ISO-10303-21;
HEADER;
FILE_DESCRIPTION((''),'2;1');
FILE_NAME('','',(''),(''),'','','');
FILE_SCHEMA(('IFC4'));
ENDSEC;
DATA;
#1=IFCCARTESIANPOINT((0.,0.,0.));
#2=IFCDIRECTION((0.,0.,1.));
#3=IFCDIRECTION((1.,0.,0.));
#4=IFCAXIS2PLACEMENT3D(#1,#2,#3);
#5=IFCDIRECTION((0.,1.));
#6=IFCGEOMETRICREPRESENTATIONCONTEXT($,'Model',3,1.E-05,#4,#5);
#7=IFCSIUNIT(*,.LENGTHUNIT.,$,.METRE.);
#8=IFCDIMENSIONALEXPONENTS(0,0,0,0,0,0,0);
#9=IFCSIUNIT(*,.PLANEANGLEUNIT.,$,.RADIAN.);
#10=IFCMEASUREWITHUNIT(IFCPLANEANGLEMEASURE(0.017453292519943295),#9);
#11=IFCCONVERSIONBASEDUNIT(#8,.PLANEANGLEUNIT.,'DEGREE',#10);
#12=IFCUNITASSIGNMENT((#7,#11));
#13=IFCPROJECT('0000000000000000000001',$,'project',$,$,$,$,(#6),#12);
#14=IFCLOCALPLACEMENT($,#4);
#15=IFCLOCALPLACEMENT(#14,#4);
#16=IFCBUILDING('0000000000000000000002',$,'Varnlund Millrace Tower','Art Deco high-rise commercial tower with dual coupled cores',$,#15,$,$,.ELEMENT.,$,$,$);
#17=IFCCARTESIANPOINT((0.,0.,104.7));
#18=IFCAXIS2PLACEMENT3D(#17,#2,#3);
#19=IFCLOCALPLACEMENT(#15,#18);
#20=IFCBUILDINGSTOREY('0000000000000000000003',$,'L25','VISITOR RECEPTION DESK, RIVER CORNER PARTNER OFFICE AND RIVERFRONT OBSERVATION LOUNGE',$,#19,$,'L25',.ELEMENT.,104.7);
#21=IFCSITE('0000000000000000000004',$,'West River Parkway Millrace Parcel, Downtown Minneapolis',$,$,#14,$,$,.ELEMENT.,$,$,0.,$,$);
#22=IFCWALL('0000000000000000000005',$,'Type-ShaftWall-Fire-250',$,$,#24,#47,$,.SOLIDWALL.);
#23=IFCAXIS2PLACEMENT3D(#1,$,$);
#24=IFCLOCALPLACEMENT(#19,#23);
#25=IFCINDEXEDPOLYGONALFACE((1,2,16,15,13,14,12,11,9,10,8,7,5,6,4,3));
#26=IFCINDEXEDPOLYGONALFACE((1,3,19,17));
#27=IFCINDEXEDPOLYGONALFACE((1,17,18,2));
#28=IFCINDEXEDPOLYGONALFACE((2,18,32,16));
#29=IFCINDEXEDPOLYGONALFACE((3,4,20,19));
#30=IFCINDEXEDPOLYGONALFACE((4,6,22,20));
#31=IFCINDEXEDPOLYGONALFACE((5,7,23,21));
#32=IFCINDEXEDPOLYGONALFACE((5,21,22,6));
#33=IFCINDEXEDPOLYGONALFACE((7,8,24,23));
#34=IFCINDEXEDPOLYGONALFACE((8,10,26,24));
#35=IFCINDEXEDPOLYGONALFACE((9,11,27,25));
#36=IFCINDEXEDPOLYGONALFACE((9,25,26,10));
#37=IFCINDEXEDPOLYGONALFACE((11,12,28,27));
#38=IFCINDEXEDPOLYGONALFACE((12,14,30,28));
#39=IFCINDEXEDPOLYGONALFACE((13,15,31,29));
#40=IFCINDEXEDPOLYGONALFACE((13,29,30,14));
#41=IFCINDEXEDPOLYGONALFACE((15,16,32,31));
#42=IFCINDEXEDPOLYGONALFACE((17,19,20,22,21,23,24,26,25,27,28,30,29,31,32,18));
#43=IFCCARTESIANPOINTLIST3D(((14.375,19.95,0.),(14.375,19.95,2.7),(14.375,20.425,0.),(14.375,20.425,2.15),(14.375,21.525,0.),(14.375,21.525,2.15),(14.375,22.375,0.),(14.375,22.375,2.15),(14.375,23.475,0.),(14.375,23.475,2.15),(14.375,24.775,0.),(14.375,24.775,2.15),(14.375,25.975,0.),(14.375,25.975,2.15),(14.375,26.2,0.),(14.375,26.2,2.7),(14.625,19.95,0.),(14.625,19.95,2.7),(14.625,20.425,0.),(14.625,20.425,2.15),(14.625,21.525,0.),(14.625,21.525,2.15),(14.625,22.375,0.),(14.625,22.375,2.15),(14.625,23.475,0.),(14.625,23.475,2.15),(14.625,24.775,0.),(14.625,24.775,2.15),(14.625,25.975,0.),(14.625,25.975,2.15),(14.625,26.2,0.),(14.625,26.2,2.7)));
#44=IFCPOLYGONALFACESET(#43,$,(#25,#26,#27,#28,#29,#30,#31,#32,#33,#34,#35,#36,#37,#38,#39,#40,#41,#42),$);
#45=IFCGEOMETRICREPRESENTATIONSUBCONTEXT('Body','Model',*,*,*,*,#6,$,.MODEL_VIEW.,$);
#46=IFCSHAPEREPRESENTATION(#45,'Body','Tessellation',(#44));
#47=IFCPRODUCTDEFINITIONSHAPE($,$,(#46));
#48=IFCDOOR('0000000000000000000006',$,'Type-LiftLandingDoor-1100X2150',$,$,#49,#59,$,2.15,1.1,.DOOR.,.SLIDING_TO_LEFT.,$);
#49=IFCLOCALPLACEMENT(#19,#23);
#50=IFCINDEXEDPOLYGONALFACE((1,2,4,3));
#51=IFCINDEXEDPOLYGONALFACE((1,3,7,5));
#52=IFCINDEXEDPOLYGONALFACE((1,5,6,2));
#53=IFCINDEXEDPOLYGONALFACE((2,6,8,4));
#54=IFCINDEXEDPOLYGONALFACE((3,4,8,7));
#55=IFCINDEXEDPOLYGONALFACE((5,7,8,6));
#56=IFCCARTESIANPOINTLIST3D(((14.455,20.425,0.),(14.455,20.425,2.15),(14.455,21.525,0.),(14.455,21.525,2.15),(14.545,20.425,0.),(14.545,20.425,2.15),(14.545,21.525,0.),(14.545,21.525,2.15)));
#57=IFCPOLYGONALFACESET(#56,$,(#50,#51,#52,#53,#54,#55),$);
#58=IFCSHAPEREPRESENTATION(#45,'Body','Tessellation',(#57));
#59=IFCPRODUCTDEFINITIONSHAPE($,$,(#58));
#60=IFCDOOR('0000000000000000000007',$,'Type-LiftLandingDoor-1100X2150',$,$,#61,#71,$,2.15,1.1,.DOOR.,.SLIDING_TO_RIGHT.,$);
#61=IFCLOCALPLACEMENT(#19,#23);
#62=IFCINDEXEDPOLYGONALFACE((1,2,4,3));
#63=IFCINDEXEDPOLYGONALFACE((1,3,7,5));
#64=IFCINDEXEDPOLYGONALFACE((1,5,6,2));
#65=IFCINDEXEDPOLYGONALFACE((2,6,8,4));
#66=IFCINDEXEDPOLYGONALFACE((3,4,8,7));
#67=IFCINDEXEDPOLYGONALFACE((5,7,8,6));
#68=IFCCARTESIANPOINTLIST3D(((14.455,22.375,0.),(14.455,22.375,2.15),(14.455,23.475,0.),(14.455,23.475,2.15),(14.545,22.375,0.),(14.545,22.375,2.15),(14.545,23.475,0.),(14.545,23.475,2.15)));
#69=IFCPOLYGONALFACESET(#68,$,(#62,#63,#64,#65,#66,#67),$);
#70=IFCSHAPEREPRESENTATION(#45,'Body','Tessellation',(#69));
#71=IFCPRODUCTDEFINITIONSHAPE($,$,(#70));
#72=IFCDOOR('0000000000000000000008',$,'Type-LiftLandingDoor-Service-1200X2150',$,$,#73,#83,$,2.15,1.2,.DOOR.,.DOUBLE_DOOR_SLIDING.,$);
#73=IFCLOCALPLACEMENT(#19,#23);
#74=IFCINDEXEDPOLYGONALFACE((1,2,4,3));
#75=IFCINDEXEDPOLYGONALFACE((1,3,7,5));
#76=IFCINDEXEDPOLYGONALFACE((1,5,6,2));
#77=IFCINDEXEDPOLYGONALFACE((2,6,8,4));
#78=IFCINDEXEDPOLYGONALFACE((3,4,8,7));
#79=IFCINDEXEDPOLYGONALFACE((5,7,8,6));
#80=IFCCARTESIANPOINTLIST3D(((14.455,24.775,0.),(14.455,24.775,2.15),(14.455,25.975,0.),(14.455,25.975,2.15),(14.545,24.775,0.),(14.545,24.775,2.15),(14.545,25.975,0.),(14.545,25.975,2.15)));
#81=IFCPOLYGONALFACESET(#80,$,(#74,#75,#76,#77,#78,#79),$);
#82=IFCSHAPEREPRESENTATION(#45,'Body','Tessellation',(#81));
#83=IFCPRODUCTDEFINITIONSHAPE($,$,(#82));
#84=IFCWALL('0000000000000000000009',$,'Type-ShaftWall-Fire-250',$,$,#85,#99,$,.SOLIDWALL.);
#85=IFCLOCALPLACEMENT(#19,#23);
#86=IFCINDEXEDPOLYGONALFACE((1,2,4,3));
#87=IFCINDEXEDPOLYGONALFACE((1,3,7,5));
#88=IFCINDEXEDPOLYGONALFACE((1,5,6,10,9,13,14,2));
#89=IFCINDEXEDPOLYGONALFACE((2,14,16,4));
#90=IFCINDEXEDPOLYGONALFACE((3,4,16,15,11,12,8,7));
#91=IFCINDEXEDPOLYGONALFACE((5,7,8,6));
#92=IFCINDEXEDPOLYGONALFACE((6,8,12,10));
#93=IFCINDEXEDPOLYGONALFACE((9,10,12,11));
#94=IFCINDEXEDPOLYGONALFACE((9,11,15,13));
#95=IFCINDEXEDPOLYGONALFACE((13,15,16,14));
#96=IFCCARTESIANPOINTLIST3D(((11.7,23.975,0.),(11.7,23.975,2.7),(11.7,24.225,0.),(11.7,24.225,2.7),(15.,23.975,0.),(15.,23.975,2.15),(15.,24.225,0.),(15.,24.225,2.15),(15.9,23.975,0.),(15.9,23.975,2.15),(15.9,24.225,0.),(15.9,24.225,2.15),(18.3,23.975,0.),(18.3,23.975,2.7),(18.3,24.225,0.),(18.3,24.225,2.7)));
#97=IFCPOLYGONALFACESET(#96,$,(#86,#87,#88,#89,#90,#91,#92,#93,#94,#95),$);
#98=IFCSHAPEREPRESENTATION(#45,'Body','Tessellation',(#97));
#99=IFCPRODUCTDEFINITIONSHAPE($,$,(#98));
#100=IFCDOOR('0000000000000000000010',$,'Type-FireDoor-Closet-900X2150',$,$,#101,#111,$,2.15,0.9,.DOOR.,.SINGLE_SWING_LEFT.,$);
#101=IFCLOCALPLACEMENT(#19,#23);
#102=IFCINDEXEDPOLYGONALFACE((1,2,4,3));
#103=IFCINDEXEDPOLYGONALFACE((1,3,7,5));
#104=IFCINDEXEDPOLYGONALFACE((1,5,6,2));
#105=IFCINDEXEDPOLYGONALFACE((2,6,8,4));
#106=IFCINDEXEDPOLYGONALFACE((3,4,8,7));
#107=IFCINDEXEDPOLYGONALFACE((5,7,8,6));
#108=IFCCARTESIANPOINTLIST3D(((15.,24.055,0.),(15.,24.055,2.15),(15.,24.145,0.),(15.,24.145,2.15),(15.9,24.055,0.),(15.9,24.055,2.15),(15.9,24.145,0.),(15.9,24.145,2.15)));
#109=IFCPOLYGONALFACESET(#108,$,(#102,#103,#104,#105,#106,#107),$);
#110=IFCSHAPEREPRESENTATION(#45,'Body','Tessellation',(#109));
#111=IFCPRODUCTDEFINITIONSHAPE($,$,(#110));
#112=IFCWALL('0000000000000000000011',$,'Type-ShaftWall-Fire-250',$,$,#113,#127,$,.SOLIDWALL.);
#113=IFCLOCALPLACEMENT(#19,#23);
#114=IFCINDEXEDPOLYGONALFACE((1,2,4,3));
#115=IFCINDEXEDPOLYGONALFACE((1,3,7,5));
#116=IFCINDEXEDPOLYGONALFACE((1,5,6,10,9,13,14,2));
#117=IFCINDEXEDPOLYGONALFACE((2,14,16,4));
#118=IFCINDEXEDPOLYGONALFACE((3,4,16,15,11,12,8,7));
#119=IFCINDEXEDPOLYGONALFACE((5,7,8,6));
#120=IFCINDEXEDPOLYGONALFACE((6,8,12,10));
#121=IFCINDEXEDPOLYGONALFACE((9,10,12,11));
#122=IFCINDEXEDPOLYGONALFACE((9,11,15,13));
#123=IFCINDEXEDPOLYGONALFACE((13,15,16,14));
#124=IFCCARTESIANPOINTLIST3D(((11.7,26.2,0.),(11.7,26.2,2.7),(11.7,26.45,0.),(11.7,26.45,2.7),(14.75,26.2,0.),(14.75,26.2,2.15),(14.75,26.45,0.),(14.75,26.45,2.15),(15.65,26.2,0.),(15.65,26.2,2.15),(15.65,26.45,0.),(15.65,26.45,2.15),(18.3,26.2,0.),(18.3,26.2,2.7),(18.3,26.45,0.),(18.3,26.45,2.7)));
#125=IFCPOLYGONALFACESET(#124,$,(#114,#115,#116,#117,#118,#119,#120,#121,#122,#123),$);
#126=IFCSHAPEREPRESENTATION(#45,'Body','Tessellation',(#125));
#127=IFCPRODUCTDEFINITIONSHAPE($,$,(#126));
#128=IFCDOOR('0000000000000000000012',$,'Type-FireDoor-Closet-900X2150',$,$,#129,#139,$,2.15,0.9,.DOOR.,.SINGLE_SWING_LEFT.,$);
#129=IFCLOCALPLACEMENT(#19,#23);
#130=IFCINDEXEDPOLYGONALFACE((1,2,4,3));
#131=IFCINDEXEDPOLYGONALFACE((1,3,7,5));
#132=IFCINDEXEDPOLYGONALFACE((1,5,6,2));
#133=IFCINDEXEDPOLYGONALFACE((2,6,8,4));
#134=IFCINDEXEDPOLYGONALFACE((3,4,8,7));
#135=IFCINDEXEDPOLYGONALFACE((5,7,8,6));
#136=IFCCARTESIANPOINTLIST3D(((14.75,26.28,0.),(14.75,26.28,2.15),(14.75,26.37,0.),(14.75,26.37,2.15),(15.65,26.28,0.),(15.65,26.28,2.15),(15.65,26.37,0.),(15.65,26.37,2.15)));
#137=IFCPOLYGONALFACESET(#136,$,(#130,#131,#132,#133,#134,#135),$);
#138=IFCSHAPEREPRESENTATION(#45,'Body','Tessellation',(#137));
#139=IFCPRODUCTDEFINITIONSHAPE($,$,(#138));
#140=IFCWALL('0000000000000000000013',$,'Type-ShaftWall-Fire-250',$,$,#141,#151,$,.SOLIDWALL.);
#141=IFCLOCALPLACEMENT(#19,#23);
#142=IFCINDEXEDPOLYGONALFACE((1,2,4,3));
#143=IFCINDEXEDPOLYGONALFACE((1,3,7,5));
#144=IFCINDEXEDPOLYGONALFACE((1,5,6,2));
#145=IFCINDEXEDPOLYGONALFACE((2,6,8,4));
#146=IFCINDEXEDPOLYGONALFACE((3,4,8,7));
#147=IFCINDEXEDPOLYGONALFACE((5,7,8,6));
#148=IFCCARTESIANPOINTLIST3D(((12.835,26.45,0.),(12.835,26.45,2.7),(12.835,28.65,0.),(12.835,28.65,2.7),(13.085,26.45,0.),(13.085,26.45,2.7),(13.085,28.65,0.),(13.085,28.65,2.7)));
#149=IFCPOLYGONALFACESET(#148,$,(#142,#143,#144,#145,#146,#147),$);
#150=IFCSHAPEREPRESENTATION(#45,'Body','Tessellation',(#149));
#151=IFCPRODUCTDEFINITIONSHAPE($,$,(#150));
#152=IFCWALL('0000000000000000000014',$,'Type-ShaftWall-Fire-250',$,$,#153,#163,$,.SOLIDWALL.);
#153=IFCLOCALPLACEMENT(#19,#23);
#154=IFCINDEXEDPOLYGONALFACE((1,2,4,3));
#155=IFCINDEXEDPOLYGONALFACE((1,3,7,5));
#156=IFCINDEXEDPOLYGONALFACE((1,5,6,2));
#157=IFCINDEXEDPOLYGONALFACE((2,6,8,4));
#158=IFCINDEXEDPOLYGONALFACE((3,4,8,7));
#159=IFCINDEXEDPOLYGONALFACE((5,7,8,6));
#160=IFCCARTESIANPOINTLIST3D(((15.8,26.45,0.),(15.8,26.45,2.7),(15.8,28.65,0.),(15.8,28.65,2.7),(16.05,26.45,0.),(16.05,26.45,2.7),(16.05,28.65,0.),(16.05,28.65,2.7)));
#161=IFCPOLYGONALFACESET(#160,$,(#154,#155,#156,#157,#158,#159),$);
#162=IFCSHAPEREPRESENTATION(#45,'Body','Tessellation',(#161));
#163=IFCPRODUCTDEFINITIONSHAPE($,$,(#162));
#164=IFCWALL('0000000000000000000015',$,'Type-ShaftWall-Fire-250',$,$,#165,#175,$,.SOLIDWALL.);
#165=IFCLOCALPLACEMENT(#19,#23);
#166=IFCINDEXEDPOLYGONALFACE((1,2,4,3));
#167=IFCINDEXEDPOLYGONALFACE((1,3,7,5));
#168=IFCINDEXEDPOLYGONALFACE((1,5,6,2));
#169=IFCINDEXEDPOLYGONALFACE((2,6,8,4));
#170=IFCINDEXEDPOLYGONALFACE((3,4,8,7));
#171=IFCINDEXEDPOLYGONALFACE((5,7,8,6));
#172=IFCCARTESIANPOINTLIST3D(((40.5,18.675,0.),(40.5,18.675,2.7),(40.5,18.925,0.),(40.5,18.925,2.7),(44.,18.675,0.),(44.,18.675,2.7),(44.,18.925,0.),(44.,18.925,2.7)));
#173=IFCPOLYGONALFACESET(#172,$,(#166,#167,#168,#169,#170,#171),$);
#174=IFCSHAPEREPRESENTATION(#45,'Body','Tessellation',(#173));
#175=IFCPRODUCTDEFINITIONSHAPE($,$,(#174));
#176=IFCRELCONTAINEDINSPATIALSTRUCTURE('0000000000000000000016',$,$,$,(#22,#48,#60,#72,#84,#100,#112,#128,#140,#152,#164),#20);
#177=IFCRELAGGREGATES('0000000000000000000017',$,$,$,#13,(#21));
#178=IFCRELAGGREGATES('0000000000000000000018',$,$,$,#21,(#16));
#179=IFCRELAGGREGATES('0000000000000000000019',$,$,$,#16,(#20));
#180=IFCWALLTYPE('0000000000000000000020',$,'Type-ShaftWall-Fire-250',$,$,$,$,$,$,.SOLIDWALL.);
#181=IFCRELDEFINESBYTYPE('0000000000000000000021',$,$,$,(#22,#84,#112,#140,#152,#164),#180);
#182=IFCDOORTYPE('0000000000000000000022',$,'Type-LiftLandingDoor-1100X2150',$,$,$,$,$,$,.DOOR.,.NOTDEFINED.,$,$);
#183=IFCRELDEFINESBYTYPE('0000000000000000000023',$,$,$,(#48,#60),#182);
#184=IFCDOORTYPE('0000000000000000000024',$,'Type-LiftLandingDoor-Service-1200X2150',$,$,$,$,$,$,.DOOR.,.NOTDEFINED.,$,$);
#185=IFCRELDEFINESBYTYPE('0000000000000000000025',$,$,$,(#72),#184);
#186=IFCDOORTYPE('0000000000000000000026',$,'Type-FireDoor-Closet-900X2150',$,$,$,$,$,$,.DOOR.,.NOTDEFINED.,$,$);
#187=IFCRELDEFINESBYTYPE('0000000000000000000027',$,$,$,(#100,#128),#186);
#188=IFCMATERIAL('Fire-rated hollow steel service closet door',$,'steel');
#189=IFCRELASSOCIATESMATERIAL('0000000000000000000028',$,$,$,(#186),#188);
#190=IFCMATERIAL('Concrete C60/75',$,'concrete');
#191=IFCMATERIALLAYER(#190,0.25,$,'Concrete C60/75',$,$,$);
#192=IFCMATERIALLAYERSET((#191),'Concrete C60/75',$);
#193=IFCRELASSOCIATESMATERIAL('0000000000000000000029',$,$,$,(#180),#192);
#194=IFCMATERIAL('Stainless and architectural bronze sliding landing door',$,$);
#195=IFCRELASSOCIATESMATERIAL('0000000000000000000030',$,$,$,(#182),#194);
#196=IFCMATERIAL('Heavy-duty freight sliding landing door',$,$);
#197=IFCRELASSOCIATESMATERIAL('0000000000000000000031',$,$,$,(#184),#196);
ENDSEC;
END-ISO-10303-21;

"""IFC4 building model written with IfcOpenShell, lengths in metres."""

from ifc_helpers import new_model, entity, si_unit, converted_unit, direction, frame, origin_with_axes, origin_2d_with_axis, place, context, subcontext, project, spatial, polyline, rectangle, outline, extrude, material, layer, layer_set, type_object, element, fill, save


model = new_model("IFC4")

# Units and contexts
model_context = context("Model", 3, precision=1e-05, world=origin_with_axes(), true_north=direction((0.0, 1.0)))
body_context = subcontext(model_context, "Body", "Model", "MODEL_VIEW")
ifc_project = project(units=[si_unit("LENGTHUNIT", "METRE"), converted_unit("PLANEANGLEUNIT", "DEGREE", entity("IfcPlaneAngleMeasure", 0.017453292519943295), si_unit("PLANEANGLEUNIT", "RADIAN"), dimensions=[0, 0, 0, 0, 0, 0, 0])], contexts=[model_context])

# Site, building, storey
site_placement = place(None, origin_with_axes())
site = spatial("IfcSite", under=ifc_project, at=site_placement, Name="West River Parkway Millrace Parcel, Downtown Minneapolis", CompositionType="ELEMENT", RefElevation=0.0)
building_placement = place(site_placement, origin_with_axes())
building = spatial("IfcBuilding", under=site, at=building_placement, Name="Varnlund Millrace Tower", Description="Art Deco high-rise commercial tower with dual coupled cores", CompositionType="ELEMENT")
storey_placement = place(building_placement, frame((0.0, 0.0, 104.7), z_axis=(0.0, 0.0, 1.0), x_axis=(1.0, 0.0, 0.0)))
storey = spatial("IfcBuildingStorey", under=building, at=storey_placement, Name="L25", Description="VISITOR RECEPTION DESK, RIVER CORNER PARTNER OFFICE AND RIVERFRONT OBSERVATION LOUNGE", LongName="L25", CompositionType="ELEMENT", Elevation=104.7)

# Wall, openings, doors
ifc_material_1 = material(Name="Fire-rated hollow steel service closet door", Category="steel")
door_type_1 = type_object("IfcDoorType", Name="Type-FireDoor-Closet-900X2150", OperationType="NOTDEFINED", PredefinedType="DOOR", material=ifc_material_1)
ifc_material_2 = material(Name="Concrete C60/75", Category="concrete")
ifc_layer_1 = layer(ifc_material_2, 0.25, Name="Concrete C60/75")
ifc_layer_set_1 = layer_set([ifc_layer_1], Name="Concrete C60/75")
wall_type_1 = type_object("IfcWallType", Name="Type-ShaftWall-Fire-250", PredefinedType="SOLIDWALL", material=ifc_layer_set_1)
wall_1_placement = place(storey_placement, frame((14.5, 19.95, 0.0), z_axis=(0.0, 0.0, 1.0), x_axis=(0.0, 1.0, 0.0)))
wall_1 = element("IfcWall", 1, at=wall_1_placement, inside=storey, type_object=wall_type_1, Name="Type-ShaftWall-Fire-250", PredefinedType="SOLIDWALL", context=body_context, shape_type="SweptSolid", body=[
    extrude(outline(polyline([(0.0, -0.125), (6.25, -0.125), (6.25, 0.125), (0.0, 0.125), (0.0, -0.125)])), origin_with_axes(), (0.0, 0.0, 1.0), 2.7),
])
opening_1_placement = place(wall_1_placement, frame((1.025, 0.0, 0.0), z_axis=(0.0, 0.0, 1.0), x_axis=(1.0, 0.0, 0.0)))
opening_1 = element("IfcOpeningElement", 2, at=opening_1_placement, cuts=wall_1, PredefinedType="OPENING", context=body_context, shape_type="SweptSolid", body=[
    extrude(rectangle(XDim=1.1, YDim=0.27, at=origin_2d_with_axis()), origin_with_axes(), (0.0, 0.0, 1.0), 2.15),
])
opening_2_placement = place(wall_1_placement, frame((2.975, 0.0, 0.0), z_axis=(0.0, 0.0, 1.0), x_axis=(1.0, 0.0, 0.0)))
opening_2 = element("IfcOpeningElement", 3, at=opening_2_placement, cuts=wall_1, PredefinedType="OPENING", context=body_context, shape_type="SweptSolid", body=[
    extrude(rectangle(XDim=1.1, YDim=0.27, at=origin_2d_with_axis()), origin_with_axes(), (0.0, 0.0, 1.0), 2.15),
])
opening_3_placement = place(wall_1_placement, frame((5.425, 0.0, 0.0), z_axis=(0.0, 0.0, 1.0), x_axis=(1.0, 0.0, 0.0)))
opening_3 = element("IfcOpeningElement", 4, at=opening_3_placement, cuts=wall_1, PredefinedType="OPENING", context=body_context, shape_type="SweptSolid", body=[
    extrude(rectangle(XDim=1.2, YDim=0.27, at=origin_2d_with_axis()), origin_with_axes(), (0.0, 0.0, 1.0), 2.15),
])
ifc_material_3 = material(Name="Stainless and architectural bronze sliding landing door")
door_type_2 = type_object("IfcDoorType", Name="Type-LiftLandingDoor-1100X2150", OperationType="NOTDEFINED", PredefinedType="DOOR", material=ifc_material_3)
door_1_placement = place(wall_1_placement, frame((1.025, 0.0, 0.0), z_axis=(0.0, 0.0, 1.0), x_axis=(1.0, 0.0, 0.0)))
door_1 = element("IfcDoor", 5, at=door_1_placement, inside=storey, type_object=door_type_2, Name="Type-LiftLandingDoor-1100X2150", OperationType="SLIDING_TO_LEFT", OverallHeight=2.15, OverallWidth=1.1, PredefinedType="DOOR", context=body_context, shape_type="SweptSolid", body=[
    extrude(rectangle(XDim=1.1, YDim=0.09, at=origin_2d_with_axis()), origin_with_axes(), (0.0, 0.0, 1.0), 2.15),
])
fill(opening_1, door_1)
door_2_placement = place(wall_1_placement, frame((2.975, 0.0, 0.0), z_axis=(0.0, 0.0, 1.0), x_axis=(1.0, 0.0, 0.0)))
door_2 = element("IfcDoor", 6, at=door_2_placement, inside=storey, type_object=door_type_2, Name="Type-LiftLandingDoor-1100X2150", OperationType="SLIDING_TO_RIGHT", OverallHeight=2.15, OverallWidth=1.1, PredefinedType="DOOR", context=body_context, shape_type="SweptSolid", body=[
    extrude(rectangle(XDim=1.1, YDim=0.09, at=origin_2d_with_axis()), origin_with_axes(), (0.0, 0.0, 1.0), 2.15),
])
fill(opening_2, door_2)
ifc_material_4 = material(Name="Heavy-duty freight sliding landing door")
door_type_3 = type_object("IfcDoorType", Name="Type-LiftLandingDoor-Service-1200X2150", OperationType="NOTDEFINED", PredefinedType="DOOR", material=ifc_material_4)
door_3_placement = place(wall_1_placement, frame((5.425, 0.0, 0.0), z_axis=(0.0, 0.0, 1.0), x_axis=(1.0, 0.0, 0.0)))
door_3 = element("IfcDoor", 7, at=door_3_placement, inside=storey, type_object=door_type_3, Name="Type-LiftLandingDoor-Service-1200X2150", OperationType="DOUBLE_DOOR_SLIDING", OverallHeight=2.15, OverallWidth=1.2, PredefinedType="DOOR", context=body_context, shape_type="SweptSolid", body=[
    extrude(rectangle(XDim=1.2, YDim=0.09, at=origin_2d_with_axis()), origin_with_axes(), (0.0, 0.0, 1.0), 2.15),
])
fill(opening_3, door_3)

# Walls, openings, doors
wall_2_placement = place(storey_placement, frame((11.7, 24.1, 0.0), z_axis=(0.0, 0.0, 1.0), x_axis=(1.0, 0.0, 0.0)))
wall_2 = element("IfcWall", 8, at=wall_2_placement, inside=storey, type_object=wall_type_1, Name="Type-ShaftWall-Fire-250", PredefinedType="SOLIDWALL", context=body_context, shape_type="SweptSolid", body=[
    extrude(outline(polyline([(0.0, -0.125), (6.6, -0.125), (6.6, 0.125), (0.0, 0.125), (0.0, -0.125)])), origin_with_axes(), (0.0, 0.0, 1.0), 2.7),
])
opening_4_placement = place(wall_2_placement, frame((3.75, 0.0, 0.0), z_axis=(0.0, 0.0, 1.0), x_axis=(1.0, 0.0, 0.0)))
opening_4 = element("IfcOpeningElement", 9, at=opening_4_placement, cuts=wall_2, PredefinedType="OPENING", context=body_context, shape_type="SweptSolid", body=[
    extrude(rectangle(XDim=0.9, YDim=0.27, at=origin_2d_with_axis()), origin_with_axes(), (0.0, 0.0, 1.0), 2.15),
])
door_4_placement = place(wall_2_placement, frame((3.75, 0.0, 0.0), z_axis=(0.0, 0.0, 1.0), x_axis=(1.0, 0.0, 0.0)))
door_4 = element("IfcDoor", 10, at=door_4_placement, inside=storey, type_object=door_type_1, Name="Type-FireDoor-Closet-900X2150", OperationType="SINGLE_SWING_LEFT", OverallHeight=2.15, OverallWidth=0.9, PredefinedType="DOOR", context=body_context, shape_type="SweptSolid", body=[
    extrude(rectangle(XDim=0.9, YDim=0.09, at=origin_2d_with_axis()), origin_with_axes(), (0.0, 0.0, 1.0), 2.15),
])
fill(opening_4, door_4)
wall_3_placement = place(storey_placement, frame((11.7, 26.325, 0.0), z_axis=(0.0, 0.0, 1.0), x_axis=(1.0, 0.0, 0.0)))
wall_3 = element("IfcWall", 11, at=wall_3_placement, inside=storey, type_object=wall_type_1, Name="Type-ShaftWall-Fire-250", PredefinedType="SOLIDWALL", context=body_context, shape_type="SweptSolid", body=[
    extrude(outline(polyline([(0.0, -0.125), (6.6, -0.125), (6.6, 0.125), (0.0, 0.125), (0.0, -0.125)])), origin_with_axes(), (0.0, 0.0, 1.0), 2.7),
])
opening_5_placement = place(wall_3_placement, frame((3.5, 0.0, 0.0), z_axis=(0.0, 0.0, 1.0), x_axis=(1.0, 0.0, 0.0)))
opening_5 = element("IfcOpeningElement", 12, at=opening_5_placement, cuts=wall_3, PredefinedType="OPENING", context=body_context, shape_type="SweptSolid", body=[
    extrude(rectangle(XDim=0.9, YDim=0.27, at=origin_2d_with_axis()), origin_with_axes(), (0.0, 0.0, 1.0), 2.15),
])
door_5_placement = place(wall_3_placement, frame((3.5, 0.0, 0.0), z_axis=(0.0, 0.0, 1.0), x_axis=(1.0, 0.0, 0.0)))
door_5 = element("IfcDoor", 13, at=door_5_placement, inside=storey, type_object=door_type_1, Name="Type-FireDoor-Closet-900X2150", OperationType="SINGLE_SWING_LEFT", OverallHeight=2.15, OverallWidth=0.9, PredefinedType="DOOR", context=body_context, shape_type="SweptSolid", body=[
    extrude(rectangle(XDim=0.9, YDim=0.09, at=origin_2d_with_axis()), origin_with_axes(), (0.0, 0.0, 1.0), 2.15),
])
fill(opening_5, door_5)

# Walls
for number, where, z_axis, x_axis, name in (
    (14, (12.96, 26.45, 0.0), (0.0, 0.0, 1.0), (0.0, 1.0, 0.0), "Type-ShaftWall-Fire-250"),
    (15, (15.925, 26.45, 0.0), (0.0, 0.0, 1.0), (0.0, 1.0, 0.0), "Type-ShaftWall-Fire-250"),
):
    element("IfcWall", number, at=place(storey_placement, frame(where, z_axis=z_axis, x_axis=x_axis)), inside=storey, type_object=wall_type_1, Name=name, PredefinedType="SOLIDWALL", context=body_context, shape_type="SweptSolid", body=[
        extrude(outline(polyline([(0.0, -0.125), (2.2, -0.125), (2.2, 0.125), (0.0, 0.125), (0.0, -0.125)])), origin_with_axes(), (0.0, 0.0, 1.0), 2.7),
    ])
wall_4_placement = place(storey_placement, frame((40.5, 18.8, 0.0), z_axis=(0.0, 0.0, 1.0), x_axis=(1.0, 0.0, 0.0)))
element("IfcWall", 16, at=wall_4_placement, inside=storey, type_object=wall_type_1, Name="Type-ShaftWall-Fire-250", PredefinedType="SOLIDWALL", context=body_context, shape_type="SweptSolid", body=[
    extrude(outline(polyline([(0.0, -0.125), (3.5, -0.125), (3.5, 0.125), (0.0, 0.125), (0.0, -0.125)])), origin_with_axes(), (0.0, 0.0, 1.0), 2.7),
])

save(model, "model.ifc")
